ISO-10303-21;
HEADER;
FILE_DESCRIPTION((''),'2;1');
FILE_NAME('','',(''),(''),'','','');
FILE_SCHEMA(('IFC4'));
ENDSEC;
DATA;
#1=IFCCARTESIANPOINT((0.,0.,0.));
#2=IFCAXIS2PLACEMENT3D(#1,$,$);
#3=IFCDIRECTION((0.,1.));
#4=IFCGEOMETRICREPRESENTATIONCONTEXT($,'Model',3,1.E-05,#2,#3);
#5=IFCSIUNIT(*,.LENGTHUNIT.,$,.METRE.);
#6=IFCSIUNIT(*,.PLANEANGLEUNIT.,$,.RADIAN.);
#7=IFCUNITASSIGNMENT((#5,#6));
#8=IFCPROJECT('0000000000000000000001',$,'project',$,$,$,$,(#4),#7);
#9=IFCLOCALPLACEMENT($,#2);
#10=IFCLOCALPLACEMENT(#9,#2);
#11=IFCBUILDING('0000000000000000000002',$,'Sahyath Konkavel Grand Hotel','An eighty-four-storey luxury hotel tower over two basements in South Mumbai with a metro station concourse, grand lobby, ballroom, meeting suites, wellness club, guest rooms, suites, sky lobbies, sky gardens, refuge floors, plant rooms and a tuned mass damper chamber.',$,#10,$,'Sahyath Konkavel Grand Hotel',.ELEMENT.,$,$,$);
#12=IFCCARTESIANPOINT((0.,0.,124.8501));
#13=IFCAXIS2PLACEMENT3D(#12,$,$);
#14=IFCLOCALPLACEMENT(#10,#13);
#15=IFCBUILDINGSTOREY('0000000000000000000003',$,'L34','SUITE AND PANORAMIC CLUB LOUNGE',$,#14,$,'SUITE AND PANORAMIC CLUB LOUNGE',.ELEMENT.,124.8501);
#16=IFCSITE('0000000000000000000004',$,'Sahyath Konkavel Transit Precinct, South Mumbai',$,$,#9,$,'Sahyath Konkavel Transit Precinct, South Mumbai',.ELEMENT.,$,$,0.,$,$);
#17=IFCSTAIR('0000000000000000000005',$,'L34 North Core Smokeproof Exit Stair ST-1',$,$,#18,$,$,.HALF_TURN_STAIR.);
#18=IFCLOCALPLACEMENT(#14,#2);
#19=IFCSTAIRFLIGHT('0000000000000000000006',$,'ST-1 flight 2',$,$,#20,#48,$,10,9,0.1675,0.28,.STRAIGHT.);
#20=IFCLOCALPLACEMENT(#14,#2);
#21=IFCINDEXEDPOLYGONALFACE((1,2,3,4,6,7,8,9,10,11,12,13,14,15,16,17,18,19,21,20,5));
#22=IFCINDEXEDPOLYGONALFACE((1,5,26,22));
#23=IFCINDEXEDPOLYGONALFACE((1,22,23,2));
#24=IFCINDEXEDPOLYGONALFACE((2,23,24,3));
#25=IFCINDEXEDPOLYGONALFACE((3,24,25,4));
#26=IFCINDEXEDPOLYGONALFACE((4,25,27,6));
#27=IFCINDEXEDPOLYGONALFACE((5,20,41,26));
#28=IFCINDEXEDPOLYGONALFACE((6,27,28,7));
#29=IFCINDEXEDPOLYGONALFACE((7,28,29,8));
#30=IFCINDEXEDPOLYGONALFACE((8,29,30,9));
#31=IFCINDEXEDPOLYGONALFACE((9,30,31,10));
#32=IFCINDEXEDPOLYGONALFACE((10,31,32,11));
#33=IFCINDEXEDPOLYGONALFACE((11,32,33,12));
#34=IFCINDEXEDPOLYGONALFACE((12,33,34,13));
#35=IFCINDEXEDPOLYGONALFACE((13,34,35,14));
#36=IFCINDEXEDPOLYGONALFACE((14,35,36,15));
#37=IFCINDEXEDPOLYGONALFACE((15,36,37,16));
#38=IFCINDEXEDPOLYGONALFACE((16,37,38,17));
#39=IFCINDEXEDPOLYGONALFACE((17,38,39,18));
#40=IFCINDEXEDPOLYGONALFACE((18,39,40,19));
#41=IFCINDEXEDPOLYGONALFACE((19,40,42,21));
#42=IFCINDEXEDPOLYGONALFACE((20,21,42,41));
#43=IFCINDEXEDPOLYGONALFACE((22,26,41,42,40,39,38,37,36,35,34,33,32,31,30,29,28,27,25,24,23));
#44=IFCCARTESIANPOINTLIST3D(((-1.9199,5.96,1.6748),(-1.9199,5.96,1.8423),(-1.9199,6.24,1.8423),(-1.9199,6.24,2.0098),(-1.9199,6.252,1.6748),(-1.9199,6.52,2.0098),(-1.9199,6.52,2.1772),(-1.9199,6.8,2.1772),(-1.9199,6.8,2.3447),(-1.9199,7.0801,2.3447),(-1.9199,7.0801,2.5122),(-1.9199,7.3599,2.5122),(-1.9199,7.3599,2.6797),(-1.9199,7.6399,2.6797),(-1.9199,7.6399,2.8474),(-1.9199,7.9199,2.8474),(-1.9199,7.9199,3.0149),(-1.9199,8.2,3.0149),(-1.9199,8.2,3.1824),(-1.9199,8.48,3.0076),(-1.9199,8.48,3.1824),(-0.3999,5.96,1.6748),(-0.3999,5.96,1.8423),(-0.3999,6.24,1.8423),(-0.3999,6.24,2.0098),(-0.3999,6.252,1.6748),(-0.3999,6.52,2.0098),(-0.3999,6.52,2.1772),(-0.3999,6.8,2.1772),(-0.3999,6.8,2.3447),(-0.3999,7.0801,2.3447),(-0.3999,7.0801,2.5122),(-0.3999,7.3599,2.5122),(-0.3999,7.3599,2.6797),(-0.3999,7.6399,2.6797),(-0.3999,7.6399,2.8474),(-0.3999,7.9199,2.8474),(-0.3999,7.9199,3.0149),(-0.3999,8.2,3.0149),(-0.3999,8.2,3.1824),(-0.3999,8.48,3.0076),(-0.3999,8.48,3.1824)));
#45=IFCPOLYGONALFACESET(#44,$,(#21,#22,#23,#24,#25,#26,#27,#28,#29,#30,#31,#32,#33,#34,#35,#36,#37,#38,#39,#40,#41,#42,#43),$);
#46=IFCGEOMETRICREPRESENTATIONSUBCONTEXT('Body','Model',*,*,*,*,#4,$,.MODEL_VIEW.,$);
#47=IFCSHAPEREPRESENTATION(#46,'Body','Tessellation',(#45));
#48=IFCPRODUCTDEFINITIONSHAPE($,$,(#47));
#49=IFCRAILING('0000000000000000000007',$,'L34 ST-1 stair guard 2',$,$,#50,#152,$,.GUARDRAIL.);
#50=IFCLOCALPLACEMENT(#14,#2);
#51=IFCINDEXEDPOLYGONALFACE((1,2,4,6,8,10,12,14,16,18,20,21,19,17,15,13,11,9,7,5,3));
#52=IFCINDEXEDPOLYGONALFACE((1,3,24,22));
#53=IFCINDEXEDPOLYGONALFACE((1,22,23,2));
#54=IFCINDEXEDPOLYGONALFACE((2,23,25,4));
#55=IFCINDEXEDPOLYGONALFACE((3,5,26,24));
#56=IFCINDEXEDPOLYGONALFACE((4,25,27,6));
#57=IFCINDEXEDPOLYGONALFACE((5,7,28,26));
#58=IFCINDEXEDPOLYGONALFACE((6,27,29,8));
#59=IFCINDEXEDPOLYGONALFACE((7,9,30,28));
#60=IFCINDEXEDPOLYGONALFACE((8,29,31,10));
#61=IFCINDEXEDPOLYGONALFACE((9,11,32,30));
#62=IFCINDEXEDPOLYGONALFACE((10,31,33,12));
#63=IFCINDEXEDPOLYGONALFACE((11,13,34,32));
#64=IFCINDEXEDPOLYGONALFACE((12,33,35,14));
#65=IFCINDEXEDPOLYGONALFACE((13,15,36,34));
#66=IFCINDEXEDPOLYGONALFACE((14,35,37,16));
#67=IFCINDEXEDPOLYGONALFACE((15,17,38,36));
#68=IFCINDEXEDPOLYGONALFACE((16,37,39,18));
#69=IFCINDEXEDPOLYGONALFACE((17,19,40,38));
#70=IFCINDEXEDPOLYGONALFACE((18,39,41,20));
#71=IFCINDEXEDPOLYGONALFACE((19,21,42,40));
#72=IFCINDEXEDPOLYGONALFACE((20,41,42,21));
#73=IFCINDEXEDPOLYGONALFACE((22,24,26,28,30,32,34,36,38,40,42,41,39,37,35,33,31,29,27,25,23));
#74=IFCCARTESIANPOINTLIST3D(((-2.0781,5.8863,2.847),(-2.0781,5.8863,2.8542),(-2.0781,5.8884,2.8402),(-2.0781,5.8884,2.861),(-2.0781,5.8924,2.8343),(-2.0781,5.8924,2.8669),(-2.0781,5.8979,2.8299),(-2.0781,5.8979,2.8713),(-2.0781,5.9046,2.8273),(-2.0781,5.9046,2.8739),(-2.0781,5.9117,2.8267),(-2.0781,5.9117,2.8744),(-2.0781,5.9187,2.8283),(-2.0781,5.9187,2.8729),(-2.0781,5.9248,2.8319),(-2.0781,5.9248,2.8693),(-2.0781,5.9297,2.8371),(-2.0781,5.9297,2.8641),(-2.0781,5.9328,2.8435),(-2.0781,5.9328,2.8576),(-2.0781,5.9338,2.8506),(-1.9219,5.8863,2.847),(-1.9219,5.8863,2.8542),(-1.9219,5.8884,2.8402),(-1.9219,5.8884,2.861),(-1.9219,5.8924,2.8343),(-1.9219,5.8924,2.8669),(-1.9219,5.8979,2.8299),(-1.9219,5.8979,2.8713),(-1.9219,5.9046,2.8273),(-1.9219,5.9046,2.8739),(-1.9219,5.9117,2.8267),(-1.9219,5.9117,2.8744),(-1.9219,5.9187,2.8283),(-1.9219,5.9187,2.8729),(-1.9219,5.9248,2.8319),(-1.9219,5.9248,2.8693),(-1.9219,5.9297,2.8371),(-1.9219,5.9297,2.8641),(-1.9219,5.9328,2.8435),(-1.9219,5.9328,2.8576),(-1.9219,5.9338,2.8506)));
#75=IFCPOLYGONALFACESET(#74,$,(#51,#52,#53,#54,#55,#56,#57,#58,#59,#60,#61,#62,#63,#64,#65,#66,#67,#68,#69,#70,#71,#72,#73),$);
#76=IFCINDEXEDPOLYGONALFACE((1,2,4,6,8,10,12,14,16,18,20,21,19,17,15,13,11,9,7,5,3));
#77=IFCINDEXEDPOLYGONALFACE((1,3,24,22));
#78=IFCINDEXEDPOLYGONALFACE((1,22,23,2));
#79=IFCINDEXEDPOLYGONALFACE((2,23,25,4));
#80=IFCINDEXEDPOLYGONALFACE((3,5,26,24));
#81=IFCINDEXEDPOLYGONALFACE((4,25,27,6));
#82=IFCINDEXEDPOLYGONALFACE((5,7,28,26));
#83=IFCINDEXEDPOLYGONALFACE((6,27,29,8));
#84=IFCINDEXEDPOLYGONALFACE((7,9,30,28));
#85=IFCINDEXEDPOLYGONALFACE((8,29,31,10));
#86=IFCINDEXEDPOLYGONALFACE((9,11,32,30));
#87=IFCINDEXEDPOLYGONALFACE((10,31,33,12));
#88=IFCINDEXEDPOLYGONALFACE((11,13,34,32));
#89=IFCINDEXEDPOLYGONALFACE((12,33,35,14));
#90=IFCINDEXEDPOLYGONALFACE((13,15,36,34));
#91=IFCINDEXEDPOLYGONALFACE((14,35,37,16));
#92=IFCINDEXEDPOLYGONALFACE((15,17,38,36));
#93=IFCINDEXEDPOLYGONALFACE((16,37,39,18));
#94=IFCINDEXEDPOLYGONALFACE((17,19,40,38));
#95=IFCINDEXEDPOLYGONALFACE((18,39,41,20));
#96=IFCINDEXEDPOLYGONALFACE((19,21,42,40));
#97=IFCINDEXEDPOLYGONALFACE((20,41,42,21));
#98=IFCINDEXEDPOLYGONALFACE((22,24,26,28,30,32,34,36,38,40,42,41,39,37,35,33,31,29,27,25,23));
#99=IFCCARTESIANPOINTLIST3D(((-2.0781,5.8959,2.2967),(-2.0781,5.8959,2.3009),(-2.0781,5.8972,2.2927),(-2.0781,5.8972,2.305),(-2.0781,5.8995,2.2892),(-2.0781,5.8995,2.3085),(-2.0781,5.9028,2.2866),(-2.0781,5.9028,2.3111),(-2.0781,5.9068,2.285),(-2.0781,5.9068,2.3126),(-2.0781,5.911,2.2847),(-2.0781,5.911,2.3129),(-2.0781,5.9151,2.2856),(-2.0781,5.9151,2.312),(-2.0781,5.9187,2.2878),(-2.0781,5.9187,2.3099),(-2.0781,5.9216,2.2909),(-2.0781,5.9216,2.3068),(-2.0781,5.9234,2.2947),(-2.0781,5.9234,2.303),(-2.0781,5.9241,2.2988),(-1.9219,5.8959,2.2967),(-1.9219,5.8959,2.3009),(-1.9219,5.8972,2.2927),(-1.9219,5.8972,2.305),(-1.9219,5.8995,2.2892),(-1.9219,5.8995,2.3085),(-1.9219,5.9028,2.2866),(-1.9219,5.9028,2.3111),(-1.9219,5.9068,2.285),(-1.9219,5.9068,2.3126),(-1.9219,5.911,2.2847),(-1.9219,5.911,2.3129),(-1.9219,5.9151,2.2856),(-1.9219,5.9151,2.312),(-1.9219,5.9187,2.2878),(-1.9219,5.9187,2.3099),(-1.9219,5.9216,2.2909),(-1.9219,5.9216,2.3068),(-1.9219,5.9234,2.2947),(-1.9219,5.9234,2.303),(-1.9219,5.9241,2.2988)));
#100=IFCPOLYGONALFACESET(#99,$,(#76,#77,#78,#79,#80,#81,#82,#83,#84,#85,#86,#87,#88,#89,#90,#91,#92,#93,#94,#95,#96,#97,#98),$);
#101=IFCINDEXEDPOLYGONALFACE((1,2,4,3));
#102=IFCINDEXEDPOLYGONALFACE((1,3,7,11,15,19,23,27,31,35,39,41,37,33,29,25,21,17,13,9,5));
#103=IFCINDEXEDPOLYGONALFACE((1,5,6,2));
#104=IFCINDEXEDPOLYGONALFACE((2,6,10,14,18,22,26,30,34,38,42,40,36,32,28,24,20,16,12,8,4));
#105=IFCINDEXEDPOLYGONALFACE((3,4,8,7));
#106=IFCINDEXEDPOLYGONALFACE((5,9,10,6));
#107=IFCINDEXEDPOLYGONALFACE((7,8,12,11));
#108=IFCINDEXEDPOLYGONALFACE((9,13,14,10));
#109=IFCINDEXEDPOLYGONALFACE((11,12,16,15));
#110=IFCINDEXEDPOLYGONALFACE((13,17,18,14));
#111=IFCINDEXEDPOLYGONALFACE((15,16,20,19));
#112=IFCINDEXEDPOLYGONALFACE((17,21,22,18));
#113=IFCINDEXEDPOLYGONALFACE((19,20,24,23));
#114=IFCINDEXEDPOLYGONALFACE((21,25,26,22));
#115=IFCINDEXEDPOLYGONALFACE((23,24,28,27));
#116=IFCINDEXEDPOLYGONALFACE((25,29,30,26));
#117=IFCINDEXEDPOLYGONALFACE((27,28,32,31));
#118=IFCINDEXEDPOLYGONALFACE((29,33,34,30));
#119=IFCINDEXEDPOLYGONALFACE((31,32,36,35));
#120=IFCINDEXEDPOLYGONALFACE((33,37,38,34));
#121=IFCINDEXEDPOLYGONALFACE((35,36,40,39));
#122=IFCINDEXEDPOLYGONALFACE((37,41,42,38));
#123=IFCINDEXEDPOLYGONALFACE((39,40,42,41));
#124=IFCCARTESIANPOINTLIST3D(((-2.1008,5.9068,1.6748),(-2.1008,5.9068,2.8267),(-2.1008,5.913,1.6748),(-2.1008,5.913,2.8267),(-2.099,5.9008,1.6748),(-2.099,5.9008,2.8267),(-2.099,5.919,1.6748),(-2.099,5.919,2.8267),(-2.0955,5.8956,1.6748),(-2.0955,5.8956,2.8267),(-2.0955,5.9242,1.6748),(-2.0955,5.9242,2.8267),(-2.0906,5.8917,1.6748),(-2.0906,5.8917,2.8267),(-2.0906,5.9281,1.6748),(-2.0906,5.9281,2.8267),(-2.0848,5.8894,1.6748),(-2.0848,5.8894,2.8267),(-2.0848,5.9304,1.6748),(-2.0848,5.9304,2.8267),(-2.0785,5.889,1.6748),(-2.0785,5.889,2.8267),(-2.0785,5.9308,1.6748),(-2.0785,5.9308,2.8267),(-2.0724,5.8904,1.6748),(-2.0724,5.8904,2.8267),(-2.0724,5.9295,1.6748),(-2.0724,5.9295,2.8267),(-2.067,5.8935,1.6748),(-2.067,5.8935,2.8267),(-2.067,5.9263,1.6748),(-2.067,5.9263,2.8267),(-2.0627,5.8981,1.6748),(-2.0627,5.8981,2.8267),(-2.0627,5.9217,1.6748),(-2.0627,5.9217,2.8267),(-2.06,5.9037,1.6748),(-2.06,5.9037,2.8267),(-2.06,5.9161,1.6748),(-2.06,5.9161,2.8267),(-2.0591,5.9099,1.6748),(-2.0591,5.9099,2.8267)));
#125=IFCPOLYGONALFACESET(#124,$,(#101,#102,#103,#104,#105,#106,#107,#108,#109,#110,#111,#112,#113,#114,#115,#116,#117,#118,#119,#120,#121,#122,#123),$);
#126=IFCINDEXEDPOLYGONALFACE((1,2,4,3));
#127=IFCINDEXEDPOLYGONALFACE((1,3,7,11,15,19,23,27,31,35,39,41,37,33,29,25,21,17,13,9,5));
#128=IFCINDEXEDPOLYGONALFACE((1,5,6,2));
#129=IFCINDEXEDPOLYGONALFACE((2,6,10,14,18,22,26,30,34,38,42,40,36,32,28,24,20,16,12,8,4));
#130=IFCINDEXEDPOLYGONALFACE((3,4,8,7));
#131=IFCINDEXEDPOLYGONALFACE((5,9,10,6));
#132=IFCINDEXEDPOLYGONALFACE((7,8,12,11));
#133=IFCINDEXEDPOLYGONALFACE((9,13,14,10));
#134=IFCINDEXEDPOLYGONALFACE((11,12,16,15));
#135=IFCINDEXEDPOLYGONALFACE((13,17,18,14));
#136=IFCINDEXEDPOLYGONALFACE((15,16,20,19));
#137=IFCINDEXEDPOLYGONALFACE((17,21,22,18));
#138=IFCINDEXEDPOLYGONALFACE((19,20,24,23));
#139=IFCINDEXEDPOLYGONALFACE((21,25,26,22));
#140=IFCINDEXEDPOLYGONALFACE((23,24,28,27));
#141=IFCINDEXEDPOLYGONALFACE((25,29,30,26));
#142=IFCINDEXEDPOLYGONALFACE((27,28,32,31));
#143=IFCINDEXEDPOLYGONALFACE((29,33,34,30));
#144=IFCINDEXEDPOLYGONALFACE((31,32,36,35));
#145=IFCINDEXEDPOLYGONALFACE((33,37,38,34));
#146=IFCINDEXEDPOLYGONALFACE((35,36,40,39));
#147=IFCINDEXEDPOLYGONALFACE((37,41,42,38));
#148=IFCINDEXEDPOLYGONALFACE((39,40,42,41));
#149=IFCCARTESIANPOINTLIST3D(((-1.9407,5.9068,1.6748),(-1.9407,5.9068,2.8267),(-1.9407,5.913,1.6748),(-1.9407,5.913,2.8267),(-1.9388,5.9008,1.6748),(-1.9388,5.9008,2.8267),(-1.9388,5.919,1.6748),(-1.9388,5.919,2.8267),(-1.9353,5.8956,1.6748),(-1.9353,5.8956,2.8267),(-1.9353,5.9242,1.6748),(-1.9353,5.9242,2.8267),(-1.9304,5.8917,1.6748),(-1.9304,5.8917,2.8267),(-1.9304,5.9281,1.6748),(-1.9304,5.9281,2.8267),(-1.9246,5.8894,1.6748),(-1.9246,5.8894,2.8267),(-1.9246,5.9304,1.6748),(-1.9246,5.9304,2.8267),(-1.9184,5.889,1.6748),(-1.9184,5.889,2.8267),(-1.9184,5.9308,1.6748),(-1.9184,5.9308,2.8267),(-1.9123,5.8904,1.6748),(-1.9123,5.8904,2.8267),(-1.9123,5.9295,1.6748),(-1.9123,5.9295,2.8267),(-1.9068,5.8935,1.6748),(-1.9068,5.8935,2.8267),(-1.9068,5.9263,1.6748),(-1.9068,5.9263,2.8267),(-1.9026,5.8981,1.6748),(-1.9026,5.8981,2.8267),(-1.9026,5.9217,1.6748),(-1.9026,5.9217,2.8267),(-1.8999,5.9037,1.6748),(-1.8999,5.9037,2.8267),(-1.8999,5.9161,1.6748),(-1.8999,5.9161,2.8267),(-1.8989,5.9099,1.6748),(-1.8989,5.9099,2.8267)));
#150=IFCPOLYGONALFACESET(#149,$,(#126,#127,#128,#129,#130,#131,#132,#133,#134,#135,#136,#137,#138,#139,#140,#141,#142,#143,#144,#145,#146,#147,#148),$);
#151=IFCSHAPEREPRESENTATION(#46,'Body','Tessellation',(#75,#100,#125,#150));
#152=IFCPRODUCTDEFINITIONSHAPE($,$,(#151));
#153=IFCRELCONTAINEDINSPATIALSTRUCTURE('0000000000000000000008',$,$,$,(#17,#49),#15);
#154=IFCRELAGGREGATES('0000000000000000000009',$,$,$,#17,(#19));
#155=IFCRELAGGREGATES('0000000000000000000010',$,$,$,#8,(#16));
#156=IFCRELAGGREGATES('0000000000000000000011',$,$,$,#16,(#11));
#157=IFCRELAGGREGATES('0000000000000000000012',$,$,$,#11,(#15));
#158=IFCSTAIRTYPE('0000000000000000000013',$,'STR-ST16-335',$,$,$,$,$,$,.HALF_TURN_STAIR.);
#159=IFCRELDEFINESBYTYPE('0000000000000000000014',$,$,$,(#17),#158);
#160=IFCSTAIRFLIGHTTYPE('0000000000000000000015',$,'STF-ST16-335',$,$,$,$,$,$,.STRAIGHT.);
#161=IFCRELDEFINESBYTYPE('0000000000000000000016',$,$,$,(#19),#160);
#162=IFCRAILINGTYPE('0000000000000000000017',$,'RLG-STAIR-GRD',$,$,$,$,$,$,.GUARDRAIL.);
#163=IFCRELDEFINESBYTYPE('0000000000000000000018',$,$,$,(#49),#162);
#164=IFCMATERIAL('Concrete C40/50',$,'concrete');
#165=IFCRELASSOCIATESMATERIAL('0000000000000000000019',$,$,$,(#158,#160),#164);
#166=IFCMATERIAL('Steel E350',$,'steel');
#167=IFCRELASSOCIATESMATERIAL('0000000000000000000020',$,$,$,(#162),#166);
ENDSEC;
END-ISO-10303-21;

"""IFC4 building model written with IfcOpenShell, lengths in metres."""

from ifc_helpers import new_model, si_unit, direction, frame, origin, origin_2d, place, context, subcontext, project, spatial, polyline, circle, outline, extrude, material, type_object, element, aggregate, save


model = new_model("IFC4")

# Units and contexts
model_context = context("Model", 3, precision=1e-05, world=origin(), true_north=direction((0.0, 1.0)))
body_context = subcontext(model_context, "Body", "Model", "MODEL_VIEW")
ifc_project = project(units=[si_unit("LENGTHUNIT", "METRE"), si_unit("PLANEANGLEUNIT", "RADIAN")], contexts=[model_context])

# Site, building, storey
site_placement = place(None, origin())
site = spatial("IfcSite", under=ifc_project, at=site_placement, Name="Sahyath Konkavel Transit Precinct, South Mumbai", LongName="Sahyath Konkavel Transit Precinct, South Mumbai", CompositionType="ELEMENT", RefElevation=0.0)
building_placement = place(site_placement, origin())
building = spatial("IfcBuilding", under=site, at=building_placement, Name="Sahyath Konkavel Grand Hotel", Description="An eighty-four-storey luxury hotel tower over two basements in South Mumbai with a metro station concourse, grand lobby, ballroom, meeting suites, wellness club, guest rooms, suites, sky lobbies, sky gardens, refuge floors, plant rooms and a tuned mass damper chamber.", LongName="Sahyath Konkavel Grand Hotel", CompositionType="ELEMENT")
storey_placement = place(building_placement, frame((0.0, 0.0, 124.8501)))
storey = spatial("IfcBuildingStorey", under=building, at=storey_placement, Name="L34", Description="SUITE AND PANORAMIC CLUB LOUNGE", LongName="SUITE AND PANORAMIC CLUB LOUNGE", CompositionType="ELEMENT", Elevation=124.8501)

# Shared definitions
ifc_material_1 = material(Name="Steel E350", Category="steel")

# Shared definitions
ifc_material_2 = material(Name="Concrete C40/50", Category="concrete")

# Stair
stair_type = type_object("IfcStairType", Name="STR-ST16-335", PredefinedType="HALF_TURN_STAIR", material=ifc_material_2)
stair_1_placement = place(storey_placement, origin())
stair_1 = element("IfcStair", 1, at=stair_1_placement, inside=storey, type_object=stair_type, Name="L34 North Core Smokeproof Exit Stair ST-1", PredefinedType="HALF_TURN_STAIR")

# Stair flight
stair_flight_type = type_object("IfcStairFlightType", Name="STF-ST16-335", PredefinedType="STRAIGHT", material=ifc_material_2)
stair_flight_placement = place(storey_placement, frame((-1.1599, 5.96, 1.6748), z_axis=(0.0, 0.0, 1.0), x_axis=(0.0, 1.0, 0.0)))
stair_flight = element("IfcStairFlight", 2, at=stair_flight_placement, type_object=stair_flight_type, Name="ST-1 flight 2", NumberOfRisers=10, NumberOfTreads=9, PredefinedType="STRAIGHT", RiserHeight=0.1675, TreadLength=0.28, context=body_context, shape_type="SweptSolid", body=[
    extrude(outline(polyline([(0.0, 0.0), (0.0, 0.1675), (0.28, 0.1675), (0.28, 0.335), (0.5601, 0.335), (0.5601, 0.5024), (0.8401, 0.5024), (0.8401, 0.6699), (1.1201, 0.6699), (1.1201, 0.8374), (1.3999, 0.8374), (1.3999, 1.0049), (1.6799, 1.0049), (1.6799, 1.1726), (1.96, 1.1726), (1.96, 1.3401), (2.24, 1.3401), (2.24, 1.5076), (2.52, 1.5076), (2.52, 1.675), (2.52, 1.3328), (0.292, 0.0), (0.0, 0.0)])), frame((0.0, 0.76, 0.0), z_axis=(0.0, -1.0, 0.0), x_axis=(1.0, 0.0, 0.0)), (0.0, 0.0, 1.0), 1.52),
])
aggregate(stair_1, [stair_flight])

# Railing
railing_type_1 = type_object("IfcRailingType", Name="RLG-STAIR-GRD", PredefinedType="GUARDRAIL", material=ifc_material_1)
railing_1_placement = place(storey_placement, frame((-2.0801, 5.9099, 1.6748)))
element("IfcRailing", 3, at=railing_1_placement, inside=storey, type_object=railing_type_1, Name="L34 ST-1 stair guard 2", PredefinedType="GUARDRAIL", context=body_context, shape_type="SweptSolid", body=[
    extrude(circle(Radius=0.0239, at=origin_2d()), frame((0.002, 0.0, 1.1758), z_axis=(1.0, 0.0, 0.0), x_axis=(0.0, 1.0, 0.0)), (0.0, 0.0, 1.0), 0.1562),
    extrude(circle(Radius=0.0142, at=origin_2d()), frame((0.002, 0.0, 0.624), z_axis=(1.0, 0.0, 0.0), x_axis=(0.0, 1.0, 0.0)), (0.0, 0.0, 1.0), 0.1562),
    extrude(circle(Radius=0.021, at=origin_2d()), origin(), (0.0, 0.0, 1.0), 1.1519),
    extrude(circle(Radius=0.021, at=origin_2d()), frame((0.1602, 0.0, 0.0)), (0.0, 0.0, 1.0), 1.1519),
])

save(model, "model.ifc")
